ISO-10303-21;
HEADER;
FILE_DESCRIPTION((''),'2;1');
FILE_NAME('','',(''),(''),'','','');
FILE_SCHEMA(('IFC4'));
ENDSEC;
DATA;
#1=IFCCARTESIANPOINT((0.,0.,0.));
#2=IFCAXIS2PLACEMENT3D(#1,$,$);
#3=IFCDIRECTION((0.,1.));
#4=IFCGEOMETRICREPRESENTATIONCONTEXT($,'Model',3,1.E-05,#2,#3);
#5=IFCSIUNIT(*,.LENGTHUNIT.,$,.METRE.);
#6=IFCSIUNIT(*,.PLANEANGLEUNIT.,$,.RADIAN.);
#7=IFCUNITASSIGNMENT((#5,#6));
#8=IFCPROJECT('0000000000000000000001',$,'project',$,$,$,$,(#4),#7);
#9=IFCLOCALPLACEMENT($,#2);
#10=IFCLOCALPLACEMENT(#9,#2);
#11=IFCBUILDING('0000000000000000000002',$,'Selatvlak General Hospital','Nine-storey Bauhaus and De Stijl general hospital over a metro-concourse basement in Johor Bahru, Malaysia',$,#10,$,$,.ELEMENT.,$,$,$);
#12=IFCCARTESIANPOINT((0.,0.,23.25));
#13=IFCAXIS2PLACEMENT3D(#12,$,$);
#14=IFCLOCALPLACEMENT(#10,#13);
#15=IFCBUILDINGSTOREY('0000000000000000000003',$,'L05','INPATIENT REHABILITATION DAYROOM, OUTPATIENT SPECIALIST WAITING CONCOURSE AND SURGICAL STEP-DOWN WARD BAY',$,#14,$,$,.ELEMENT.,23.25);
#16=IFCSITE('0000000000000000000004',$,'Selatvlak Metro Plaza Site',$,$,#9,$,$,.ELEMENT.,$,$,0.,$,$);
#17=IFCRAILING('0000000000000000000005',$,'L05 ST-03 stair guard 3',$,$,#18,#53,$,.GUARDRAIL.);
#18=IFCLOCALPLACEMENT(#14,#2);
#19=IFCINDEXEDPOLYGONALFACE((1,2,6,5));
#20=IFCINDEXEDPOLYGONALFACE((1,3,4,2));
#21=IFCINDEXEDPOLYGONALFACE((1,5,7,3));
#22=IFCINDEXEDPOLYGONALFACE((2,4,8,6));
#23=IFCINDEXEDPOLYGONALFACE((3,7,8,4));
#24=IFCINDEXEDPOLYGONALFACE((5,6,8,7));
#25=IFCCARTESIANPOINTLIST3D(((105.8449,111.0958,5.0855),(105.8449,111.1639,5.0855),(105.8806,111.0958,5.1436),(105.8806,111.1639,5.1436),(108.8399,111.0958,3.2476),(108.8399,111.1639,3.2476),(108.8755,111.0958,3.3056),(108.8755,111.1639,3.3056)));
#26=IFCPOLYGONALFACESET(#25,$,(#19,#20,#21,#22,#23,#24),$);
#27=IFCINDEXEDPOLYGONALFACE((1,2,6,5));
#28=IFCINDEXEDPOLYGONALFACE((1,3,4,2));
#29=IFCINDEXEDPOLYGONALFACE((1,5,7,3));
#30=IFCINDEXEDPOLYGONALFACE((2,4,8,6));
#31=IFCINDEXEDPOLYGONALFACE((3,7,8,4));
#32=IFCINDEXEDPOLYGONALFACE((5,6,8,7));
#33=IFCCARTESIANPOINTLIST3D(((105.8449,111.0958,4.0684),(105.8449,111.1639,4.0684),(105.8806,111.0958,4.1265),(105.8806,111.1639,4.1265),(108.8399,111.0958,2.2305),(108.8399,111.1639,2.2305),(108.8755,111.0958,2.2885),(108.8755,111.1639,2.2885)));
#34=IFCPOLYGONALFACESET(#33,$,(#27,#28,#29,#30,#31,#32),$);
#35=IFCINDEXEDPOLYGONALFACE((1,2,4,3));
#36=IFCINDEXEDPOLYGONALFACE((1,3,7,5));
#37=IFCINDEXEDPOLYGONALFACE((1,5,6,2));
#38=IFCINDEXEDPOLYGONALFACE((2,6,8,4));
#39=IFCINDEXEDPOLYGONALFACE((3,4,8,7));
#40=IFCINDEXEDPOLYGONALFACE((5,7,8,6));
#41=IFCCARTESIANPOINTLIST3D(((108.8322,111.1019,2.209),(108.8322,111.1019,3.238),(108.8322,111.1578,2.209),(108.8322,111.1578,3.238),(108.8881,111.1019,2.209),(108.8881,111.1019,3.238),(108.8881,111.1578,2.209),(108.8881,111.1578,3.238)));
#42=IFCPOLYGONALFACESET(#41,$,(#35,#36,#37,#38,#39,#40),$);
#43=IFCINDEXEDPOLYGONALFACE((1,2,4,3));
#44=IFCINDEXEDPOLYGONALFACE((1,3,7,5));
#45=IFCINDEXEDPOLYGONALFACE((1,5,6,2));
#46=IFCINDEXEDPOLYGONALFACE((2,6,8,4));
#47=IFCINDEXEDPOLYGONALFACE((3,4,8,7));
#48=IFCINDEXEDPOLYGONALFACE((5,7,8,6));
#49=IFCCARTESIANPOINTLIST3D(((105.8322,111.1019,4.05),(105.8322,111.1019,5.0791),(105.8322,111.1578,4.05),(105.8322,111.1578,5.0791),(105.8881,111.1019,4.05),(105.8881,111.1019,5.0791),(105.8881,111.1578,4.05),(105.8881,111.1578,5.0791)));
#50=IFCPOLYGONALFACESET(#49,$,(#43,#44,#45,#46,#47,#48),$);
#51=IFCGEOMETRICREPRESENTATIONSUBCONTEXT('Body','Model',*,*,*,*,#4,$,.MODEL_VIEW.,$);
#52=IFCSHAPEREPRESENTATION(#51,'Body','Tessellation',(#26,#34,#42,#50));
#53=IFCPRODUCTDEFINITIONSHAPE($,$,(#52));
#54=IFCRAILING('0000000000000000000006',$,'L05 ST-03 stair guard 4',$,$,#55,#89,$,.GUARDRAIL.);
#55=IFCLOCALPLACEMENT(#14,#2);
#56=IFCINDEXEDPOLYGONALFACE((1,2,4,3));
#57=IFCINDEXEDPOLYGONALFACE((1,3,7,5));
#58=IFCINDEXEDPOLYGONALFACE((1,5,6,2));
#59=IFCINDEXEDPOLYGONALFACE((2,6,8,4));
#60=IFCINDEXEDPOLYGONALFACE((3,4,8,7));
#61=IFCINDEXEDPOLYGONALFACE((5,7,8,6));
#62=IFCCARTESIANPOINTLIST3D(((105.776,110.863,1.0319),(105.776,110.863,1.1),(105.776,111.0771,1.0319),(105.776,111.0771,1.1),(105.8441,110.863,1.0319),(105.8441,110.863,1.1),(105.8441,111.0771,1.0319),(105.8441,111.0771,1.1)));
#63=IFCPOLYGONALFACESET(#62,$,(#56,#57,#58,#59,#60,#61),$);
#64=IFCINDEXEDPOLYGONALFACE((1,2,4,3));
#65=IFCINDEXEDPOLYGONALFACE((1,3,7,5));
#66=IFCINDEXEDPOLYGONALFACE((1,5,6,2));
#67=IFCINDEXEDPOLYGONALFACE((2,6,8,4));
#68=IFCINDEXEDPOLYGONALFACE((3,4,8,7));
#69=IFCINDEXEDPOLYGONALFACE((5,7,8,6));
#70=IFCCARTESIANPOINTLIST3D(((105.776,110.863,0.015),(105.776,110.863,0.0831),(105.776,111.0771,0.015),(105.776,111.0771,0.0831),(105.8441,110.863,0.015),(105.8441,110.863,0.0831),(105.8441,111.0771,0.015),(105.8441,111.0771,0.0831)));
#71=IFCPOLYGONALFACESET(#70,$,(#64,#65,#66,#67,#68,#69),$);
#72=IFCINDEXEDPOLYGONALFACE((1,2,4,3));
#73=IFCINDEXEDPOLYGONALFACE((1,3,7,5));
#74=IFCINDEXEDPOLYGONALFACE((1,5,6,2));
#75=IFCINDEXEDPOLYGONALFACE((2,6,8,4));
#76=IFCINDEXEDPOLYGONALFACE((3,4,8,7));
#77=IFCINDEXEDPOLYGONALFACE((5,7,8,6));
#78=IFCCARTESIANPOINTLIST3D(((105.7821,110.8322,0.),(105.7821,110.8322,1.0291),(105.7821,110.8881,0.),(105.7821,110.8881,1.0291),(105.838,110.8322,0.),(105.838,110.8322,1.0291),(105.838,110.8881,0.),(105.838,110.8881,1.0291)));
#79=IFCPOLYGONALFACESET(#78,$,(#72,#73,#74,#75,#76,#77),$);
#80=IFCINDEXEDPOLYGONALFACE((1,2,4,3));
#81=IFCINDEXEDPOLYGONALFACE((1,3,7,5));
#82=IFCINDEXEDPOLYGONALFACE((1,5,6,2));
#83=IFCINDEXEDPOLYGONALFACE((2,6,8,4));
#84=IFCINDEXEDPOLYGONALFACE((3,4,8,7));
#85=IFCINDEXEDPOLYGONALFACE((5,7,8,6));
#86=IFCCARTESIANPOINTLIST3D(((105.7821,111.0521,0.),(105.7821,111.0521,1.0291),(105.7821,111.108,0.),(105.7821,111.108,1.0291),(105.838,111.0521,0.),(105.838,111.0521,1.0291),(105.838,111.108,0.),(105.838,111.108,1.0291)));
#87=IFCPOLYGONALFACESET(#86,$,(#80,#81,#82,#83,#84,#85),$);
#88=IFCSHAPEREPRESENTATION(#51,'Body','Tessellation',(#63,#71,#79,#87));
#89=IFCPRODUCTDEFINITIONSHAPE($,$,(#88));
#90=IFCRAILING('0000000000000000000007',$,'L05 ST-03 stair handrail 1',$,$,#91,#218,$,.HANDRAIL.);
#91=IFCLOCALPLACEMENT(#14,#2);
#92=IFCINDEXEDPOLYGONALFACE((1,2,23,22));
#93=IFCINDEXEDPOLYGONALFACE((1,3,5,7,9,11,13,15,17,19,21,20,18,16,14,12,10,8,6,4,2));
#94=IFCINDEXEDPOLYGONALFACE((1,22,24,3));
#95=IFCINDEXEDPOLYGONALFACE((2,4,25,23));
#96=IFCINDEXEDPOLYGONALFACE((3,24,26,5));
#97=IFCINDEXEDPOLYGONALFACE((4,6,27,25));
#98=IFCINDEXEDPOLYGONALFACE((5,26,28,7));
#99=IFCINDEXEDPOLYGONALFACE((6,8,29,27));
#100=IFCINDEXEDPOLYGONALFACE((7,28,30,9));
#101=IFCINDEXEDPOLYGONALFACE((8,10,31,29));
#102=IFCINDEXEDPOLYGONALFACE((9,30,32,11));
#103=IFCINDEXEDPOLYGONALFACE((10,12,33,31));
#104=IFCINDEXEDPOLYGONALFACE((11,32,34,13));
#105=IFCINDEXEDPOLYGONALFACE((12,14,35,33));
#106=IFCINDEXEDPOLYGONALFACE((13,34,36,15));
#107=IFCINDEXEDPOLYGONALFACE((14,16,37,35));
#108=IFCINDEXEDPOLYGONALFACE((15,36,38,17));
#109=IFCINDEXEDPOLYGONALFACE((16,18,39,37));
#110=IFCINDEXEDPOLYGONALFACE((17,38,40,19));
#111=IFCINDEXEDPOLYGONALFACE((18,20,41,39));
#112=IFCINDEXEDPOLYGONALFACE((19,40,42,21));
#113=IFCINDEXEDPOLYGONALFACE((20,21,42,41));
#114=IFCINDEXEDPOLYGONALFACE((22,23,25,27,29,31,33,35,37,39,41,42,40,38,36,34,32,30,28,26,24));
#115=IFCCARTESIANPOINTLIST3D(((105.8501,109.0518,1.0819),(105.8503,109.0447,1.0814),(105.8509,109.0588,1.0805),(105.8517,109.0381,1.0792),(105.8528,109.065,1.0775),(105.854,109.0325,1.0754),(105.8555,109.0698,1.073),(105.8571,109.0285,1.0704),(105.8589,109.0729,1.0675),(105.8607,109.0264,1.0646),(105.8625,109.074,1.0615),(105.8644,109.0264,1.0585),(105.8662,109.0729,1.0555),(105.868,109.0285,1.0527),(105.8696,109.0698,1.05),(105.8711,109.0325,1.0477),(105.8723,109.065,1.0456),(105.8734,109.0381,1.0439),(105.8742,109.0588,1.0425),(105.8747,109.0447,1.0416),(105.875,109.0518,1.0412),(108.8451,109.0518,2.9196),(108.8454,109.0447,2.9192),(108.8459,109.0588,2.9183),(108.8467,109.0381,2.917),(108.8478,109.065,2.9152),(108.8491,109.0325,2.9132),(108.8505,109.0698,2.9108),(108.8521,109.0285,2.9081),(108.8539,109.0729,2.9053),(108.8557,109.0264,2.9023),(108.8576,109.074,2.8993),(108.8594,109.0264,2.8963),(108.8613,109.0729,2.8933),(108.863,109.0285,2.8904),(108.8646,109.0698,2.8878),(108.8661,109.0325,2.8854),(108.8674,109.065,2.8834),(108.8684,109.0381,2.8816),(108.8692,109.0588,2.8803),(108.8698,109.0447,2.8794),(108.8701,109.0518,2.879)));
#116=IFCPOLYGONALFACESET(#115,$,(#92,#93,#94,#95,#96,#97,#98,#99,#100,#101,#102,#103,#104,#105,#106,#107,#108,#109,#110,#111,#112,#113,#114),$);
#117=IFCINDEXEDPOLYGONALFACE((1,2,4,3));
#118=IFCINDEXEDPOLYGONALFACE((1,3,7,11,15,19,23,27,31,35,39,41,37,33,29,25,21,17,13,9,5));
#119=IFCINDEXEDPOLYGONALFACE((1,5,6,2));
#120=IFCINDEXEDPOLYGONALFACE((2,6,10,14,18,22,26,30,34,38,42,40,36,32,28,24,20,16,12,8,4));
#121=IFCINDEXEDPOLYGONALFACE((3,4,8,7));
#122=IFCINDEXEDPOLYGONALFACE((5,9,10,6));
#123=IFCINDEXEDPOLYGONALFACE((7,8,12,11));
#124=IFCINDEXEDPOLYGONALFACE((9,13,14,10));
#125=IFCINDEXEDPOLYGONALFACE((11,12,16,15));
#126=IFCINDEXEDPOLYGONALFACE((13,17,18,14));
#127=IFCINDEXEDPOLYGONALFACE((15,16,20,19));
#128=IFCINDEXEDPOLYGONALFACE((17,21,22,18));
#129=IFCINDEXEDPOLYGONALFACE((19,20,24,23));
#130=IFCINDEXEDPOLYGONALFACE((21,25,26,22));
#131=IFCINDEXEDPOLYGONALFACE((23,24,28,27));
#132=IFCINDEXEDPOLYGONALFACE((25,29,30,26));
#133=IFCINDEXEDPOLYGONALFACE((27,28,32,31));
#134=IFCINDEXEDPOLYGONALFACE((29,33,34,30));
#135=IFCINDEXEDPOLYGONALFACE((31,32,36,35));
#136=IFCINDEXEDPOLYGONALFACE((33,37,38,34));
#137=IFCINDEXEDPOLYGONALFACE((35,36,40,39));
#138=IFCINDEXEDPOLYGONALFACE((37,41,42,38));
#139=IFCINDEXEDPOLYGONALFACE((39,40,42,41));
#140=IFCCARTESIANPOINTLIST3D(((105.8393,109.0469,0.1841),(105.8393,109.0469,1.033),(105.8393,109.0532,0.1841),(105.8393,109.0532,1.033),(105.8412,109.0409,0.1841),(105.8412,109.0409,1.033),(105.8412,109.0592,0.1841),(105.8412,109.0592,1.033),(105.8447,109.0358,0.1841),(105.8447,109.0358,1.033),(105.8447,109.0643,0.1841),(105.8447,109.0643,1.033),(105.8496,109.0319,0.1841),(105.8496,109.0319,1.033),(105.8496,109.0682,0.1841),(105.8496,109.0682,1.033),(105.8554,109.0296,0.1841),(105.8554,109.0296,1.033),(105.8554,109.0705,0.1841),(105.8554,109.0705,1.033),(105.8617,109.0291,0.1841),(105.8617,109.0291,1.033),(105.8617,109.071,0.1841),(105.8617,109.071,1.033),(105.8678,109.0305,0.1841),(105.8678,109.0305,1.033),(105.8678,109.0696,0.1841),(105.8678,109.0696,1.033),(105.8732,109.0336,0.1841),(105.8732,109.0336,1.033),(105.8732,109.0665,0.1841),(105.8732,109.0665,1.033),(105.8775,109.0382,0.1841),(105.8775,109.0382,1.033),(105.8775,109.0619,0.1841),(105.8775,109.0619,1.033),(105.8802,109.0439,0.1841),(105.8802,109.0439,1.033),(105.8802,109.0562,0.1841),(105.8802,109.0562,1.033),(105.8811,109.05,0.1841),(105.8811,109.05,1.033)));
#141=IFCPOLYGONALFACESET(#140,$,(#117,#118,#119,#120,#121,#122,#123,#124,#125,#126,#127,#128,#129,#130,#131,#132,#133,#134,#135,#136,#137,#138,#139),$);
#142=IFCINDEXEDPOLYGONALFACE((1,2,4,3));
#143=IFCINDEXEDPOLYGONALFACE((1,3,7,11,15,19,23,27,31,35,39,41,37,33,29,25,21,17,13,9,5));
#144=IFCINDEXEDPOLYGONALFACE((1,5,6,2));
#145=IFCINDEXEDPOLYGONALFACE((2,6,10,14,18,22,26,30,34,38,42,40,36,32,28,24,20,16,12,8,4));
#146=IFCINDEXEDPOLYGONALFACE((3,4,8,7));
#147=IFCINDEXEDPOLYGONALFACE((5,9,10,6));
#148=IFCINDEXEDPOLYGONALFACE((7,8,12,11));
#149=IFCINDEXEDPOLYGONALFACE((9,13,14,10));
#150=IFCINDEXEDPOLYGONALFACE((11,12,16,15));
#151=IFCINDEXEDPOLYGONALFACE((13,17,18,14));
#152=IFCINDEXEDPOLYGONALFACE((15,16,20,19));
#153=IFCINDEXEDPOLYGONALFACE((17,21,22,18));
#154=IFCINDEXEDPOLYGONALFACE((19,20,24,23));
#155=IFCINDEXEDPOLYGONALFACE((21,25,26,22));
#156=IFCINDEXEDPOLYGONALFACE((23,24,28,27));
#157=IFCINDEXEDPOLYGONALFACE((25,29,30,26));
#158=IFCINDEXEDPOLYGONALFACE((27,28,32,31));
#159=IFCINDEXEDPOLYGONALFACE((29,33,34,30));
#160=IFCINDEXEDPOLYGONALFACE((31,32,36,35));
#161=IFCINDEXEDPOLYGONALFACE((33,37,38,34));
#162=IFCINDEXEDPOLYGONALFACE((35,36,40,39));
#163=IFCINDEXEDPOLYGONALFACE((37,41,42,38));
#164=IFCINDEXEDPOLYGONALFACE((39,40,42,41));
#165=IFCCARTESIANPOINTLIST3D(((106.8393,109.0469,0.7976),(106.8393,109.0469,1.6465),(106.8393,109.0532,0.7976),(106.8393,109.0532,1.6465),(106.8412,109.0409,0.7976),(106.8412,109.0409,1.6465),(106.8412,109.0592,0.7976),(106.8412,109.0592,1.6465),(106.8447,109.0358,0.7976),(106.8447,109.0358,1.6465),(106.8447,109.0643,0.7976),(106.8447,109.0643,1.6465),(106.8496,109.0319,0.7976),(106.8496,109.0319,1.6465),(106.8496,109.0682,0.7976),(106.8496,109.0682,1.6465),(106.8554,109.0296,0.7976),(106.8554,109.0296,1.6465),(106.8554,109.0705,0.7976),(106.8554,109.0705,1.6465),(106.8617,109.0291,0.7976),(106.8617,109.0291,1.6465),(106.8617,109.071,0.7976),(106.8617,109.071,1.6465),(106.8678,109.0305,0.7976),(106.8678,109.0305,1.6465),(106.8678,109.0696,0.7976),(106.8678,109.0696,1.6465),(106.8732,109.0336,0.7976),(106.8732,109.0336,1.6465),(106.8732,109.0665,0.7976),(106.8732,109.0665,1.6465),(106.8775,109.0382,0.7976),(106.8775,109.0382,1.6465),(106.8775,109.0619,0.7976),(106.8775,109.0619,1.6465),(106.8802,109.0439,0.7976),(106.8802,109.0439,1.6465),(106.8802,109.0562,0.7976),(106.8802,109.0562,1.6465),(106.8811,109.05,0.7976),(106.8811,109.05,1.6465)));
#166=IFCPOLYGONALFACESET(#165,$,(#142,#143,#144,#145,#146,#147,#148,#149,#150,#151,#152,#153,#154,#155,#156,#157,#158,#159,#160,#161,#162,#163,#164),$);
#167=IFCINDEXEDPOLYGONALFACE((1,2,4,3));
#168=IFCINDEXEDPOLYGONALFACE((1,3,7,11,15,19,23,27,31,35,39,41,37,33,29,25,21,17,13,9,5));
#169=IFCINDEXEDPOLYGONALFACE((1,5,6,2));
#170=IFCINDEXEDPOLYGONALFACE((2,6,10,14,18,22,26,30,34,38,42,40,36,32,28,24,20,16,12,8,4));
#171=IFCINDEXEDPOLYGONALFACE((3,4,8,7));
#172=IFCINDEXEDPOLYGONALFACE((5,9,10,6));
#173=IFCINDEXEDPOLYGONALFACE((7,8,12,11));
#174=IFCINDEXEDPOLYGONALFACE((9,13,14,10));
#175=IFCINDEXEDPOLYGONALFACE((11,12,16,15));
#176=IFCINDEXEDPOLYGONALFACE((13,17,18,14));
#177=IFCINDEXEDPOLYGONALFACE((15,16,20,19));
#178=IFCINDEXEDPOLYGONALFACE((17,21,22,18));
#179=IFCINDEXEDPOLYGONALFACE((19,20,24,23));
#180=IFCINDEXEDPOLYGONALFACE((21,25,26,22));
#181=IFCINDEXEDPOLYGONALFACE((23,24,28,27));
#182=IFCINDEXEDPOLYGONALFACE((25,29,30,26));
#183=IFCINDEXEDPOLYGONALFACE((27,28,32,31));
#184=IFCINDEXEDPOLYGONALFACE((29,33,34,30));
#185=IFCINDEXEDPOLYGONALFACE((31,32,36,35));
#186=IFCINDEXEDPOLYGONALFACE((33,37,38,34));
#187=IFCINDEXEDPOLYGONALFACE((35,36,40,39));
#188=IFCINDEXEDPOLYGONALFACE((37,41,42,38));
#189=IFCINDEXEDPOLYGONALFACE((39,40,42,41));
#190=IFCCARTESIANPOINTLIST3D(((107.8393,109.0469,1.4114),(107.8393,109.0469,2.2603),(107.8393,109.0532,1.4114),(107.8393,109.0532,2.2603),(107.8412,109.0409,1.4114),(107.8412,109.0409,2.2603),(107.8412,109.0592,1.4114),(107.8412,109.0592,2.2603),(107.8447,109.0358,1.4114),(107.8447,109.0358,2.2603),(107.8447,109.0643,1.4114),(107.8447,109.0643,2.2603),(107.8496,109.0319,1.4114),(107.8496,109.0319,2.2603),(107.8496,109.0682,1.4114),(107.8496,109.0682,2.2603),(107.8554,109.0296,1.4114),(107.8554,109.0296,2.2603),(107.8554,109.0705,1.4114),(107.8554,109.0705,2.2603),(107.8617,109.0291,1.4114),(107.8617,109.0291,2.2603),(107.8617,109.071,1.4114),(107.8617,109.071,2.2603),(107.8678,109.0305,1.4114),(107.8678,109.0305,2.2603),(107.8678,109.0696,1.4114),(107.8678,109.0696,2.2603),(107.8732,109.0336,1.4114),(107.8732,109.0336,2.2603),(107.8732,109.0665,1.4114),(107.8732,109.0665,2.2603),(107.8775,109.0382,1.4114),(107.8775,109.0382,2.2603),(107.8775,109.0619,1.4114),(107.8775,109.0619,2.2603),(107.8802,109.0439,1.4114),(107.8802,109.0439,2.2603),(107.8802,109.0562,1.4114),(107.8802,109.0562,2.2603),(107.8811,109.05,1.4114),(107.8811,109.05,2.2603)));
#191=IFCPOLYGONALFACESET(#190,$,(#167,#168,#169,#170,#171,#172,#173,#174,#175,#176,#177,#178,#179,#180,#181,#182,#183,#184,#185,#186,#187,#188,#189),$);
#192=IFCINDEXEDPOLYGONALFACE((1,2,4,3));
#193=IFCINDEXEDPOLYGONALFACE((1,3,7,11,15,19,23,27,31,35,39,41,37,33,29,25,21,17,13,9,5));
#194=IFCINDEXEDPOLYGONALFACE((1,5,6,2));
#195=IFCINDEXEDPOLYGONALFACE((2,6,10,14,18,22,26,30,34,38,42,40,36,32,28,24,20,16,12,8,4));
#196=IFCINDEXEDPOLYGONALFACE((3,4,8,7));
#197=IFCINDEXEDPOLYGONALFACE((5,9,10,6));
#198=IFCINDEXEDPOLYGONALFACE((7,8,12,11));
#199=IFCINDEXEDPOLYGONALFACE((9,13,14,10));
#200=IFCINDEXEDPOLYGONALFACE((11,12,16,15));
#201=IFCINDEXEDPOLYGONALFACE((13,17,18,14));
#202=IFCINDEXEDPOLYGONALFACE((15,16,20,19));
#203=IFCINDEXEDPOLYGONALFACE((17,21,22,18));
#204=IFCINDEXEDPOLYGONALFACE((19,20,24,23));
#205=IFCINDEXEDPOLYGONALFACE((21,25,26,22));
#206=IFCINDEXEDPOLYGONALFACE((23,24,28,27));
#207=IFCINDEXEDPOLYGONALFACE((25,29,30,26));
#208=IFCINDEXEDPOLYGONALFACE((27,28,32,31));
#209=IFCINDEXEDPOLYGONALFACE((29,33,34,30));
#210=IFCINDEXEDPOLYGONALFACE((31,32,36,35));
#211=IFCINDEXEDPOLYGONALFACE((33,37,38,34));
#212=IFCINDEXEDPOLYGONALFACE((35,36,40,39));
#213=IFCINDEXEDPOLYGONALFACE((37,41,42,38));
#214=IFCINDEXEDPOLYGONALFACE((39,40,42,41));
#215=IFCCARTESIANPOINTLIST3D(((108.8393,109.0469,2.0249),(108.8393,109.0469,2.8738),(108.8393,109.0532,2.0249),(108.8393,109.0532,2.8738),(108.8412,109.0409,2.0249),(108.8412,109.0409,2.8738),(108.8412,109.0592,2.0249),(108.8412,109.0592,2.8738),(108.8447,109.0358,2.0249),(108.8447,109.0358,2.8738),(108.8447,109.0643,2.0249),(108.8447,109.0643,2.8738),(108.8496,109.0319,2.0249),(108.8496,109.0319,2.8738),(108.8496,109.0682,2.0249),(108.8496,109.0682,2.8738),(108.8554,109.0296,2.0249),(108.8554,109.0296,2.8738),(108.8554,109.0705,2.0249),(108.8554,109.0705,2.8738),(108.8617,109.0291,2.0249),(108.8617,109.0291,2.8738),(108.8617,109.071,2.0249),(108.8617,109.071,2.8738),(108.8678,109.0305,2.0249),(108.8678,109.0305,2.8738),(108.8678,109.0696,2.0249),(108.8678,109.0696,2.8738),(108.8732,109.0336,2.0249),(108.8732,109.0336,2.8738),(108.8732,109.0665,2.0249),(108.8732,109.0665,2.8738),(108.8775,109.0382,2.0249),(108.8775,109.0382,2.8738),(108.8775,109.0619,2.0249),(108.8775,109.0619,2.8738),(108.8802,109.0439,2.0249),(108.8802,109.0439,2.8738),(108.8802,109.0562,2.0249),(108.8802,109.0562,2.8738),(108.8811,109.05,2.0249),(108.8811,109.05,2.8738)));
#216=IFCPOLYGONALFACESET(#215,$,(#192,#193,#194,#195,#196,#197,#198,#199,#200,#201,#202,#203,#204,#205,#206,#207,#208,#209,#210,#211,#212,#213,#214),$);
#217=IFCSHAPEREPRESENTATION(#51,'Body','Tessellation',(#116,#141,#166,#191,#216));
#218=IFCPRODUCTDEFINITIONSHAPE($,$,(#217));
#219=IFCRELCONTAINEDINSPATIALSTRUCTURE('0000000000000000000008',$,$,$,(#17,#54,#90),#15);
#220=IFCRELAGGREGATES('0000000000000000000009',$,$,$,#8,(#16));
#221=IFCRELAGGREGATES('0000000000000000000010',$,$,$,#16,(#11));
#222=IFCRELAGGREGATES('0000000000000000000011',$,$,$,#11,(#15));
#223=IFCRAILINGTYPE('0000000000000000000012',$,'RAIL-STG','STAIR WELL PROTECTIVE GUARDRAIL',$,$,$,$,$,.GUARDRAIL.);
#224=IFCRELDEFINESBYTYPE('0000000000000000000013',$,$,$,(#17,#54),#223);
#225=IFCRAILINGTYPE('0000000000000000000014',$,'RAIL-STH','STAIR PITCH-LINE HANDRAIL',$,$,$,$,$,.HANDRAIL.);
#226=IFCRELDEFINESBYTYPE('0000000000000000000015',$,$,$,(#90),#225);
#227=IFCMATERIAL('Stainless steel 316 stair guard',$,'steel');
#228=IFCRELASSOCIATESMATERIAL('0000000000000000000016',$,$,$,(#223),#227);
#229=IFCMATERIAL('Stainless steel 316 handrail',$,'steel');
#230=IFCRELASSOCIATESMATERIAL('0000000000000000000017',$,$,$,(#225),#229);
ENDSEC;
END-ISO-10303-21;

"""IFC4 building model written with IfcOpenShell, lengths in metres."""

from ifc_helpers import new_model, si_unit, direction, frame, origin, origin_2d, place, context, subcontext, project, spatial, rectangle, circle, extrude, material, type_object, element, save


model = new_model("IFC4")

# Units and contexts
model_context = context("Model", 3, precision=1e-05, world=origin(), true_north=direction((0.0, 1.0)))
body_context = subcontext(model_context, "Body", "Model", "MODEL_VIEW")
ifc_project = project(units=[si_unit("LENGTHUNIT", "METRE"), si_unit("PLANEANGLEUNIT", "RADIAN")], contexts=[model_context])

# Site, building, storey
site_placement = place(None, origin())
site = spatial("IfcSite", under=ifc_project, at=site_placement, Name="Selatvlak Metro Plaza Site", CompositionType="ELEMENT", RefElevation=0.0)
building_placement = place(site_placement, origin())
building = spatial("IfcBuilding", under=site, at=building_placement, Name="Selatvlak General Hospital", Description="Nine-storey Bauhaus and De Stijl general hospital over a metro-concourse basement in Johor Bahru, Malaysia", CompositionType="ELEMENT")
storey_placement = place(building_placement, frame((0.0, 0.0, 23.25)))
storey = spatial("IfcBuildingStorey", under=building, at=storey_placement, Name="L05", Description="INPATIENT REHABILITATION DAYROOM, OUTPATIENT SPECIALIST WAITING CONCOURSE AND SURGICAL STEP-DOWN WARD BAY", CompositionType="ELEMENT", Elevation=23.25)

# Railings
ifc_material_1 = material(Name="Stainless steel 316 stair guard", Category="steel")
railing_type_1 = type_object("IfcRailingType", Name="RAIL-STG", Description="STAIR WELL PROTECTIVE GUARDRAIL", PredefinedType="GUARDRAIL", material=ifc_material_1)
railing_1_placement = place(storey_placement, frame((108.8601, 111.1299, 2.209)))
element("IfcRailing", 1, at=railing_1_placement, inside=storey, type_object=railing_type_1, Name="L05 ST-03 stair guard 3", PredefinedType="GUARDRAIL", context=body_context, shape_type="SweptSolid", body=[
    extrude(rectangle(XDim=0.0681, YDim=0.0681, at=origin_2d()), frame((-0.0024, 0.0, 1.0676), z_axis=(-0.852303, 0.0, 0.523048), x_axis=(0.0, -1.0, 0.0)), (0.0, 0.0, 1.0), 3.5139),
    extrude(rectangle(XDim=0.0681, YDim=0.0681, at=origin_2d()), frame((-0.0024, 0.0, 0.0505), z_axis=(-0.852303, 0.0, 0.523048), x_axis=(0.0, -1.0, 0.0)), (0.0, 0.0, 1.0), 3.5139),
    extrude(rectangle(XDim=0.0559, YDim=0.0559, at=origin_2d()), origin(), (0.0, 0.0, 1.0), 1.0291),
    extrude(rectangle(XDim=0.0559, YDim=0.0559, at=origin_2d()), frame((-3.0, 0.0, 1.8411)), (0.0, 0.0, 1.0), 1.0291),
])
railing_2_placement = place(storey_placement, frame((105.8101, 110.8601, 0.0)))
element("IfcRailing", 2, at=railing_2_placement, inside=storey, type_object=railing_type_1, Name="L05 ST-03 stair guard 4", PredefinedType="GUARDRAIL", context=body_context, shape_type="SweptSolid", body=[
    extrude(rectangle(XDim=0.0681, YDim=0.0681, at=origin_2d()), frame((0.0, 0.0029, 1.0659), z_axis=(0.0, 1.0, 0.0), x_axis=(-1.0, 0.0, 0.0)), (0.0, 0.0, 1.0), 0.2141),
    extrude(rectangle(XDim=0.0681, YDim=0.0681, at=origin_2d()), frame((0.0, 0.0029, 0.0491), z_axis=(0.0, 1.0, 0.0), x_axis=(-1.0, 0.0, 0.0)), (0.0, 0.0, 1.0), 0.2141),
    extrude(rectangle(XDim=0.0559, YDim=0.0559, at=origin_2d()), origin(), (0.0, 0.0, 1.0), 1.0291),
    extrude(rectangle(XDim=0.0559, YDim=0.0559, at=origin_2d()), frame((0.0, 0.22, 0.0)), (0.0, 0.0, 1.0), 1.0291),
])
ifc_material_2 = material(Name="Stainless steel 316 handrail", Category="steel")
railing_type_2 = type_object("IfcRailingType", Name="RAIL-STH", Description="STAIR PITCH-LINE HANDRAIL", PredefinedType="HANDRAIL", material=ifc_material_2)
railing_3_placement = place(storey_placement, frame((105.8601, 109.05, 0.1841)))
element("IfcRailing", 3, at=railing_3_placement, inside=storey, type_object=railing_type_2, Name="L05 ST-03 stair handrail 1", PredefinedType="HANDRAIL", context=body_context, shape_type="SweptSolid", body=[
    extrude(circle(Radius=0.0239, at=origin_2d()), frame((0.0024, 0.0, 0.8774), z_axis=(0.852334, 0.0, 0.522998), x_axis=(0.0, 1.0, 0.0)), (0.0, 0.0, 1.0), 3.5139),
    extrude(circle(Radius=0.021, at=origin_2d()), origin(), (0.0, 0.0, 1.0), 0.8489),
    extrude(circle(Radius=0.021, at=origin_2d()), frame((1.0, 0.0, 0.6135)), (0.0, 0.0, 1.0), 0.8489),
    extrude(circle(Radius=0.021, at=origin_2d()), frame((2.0, 0.0, 1.2273)), (0.0, 0.0, 1.0), 0.8489),
    extrude(circle(Radius=0.021, at=origin_2d()), frame((3.0, 0.0, 1.8408)), (0.0, 0.0, 1.0), 0.8489),
])

save(model, "model.ifc")
